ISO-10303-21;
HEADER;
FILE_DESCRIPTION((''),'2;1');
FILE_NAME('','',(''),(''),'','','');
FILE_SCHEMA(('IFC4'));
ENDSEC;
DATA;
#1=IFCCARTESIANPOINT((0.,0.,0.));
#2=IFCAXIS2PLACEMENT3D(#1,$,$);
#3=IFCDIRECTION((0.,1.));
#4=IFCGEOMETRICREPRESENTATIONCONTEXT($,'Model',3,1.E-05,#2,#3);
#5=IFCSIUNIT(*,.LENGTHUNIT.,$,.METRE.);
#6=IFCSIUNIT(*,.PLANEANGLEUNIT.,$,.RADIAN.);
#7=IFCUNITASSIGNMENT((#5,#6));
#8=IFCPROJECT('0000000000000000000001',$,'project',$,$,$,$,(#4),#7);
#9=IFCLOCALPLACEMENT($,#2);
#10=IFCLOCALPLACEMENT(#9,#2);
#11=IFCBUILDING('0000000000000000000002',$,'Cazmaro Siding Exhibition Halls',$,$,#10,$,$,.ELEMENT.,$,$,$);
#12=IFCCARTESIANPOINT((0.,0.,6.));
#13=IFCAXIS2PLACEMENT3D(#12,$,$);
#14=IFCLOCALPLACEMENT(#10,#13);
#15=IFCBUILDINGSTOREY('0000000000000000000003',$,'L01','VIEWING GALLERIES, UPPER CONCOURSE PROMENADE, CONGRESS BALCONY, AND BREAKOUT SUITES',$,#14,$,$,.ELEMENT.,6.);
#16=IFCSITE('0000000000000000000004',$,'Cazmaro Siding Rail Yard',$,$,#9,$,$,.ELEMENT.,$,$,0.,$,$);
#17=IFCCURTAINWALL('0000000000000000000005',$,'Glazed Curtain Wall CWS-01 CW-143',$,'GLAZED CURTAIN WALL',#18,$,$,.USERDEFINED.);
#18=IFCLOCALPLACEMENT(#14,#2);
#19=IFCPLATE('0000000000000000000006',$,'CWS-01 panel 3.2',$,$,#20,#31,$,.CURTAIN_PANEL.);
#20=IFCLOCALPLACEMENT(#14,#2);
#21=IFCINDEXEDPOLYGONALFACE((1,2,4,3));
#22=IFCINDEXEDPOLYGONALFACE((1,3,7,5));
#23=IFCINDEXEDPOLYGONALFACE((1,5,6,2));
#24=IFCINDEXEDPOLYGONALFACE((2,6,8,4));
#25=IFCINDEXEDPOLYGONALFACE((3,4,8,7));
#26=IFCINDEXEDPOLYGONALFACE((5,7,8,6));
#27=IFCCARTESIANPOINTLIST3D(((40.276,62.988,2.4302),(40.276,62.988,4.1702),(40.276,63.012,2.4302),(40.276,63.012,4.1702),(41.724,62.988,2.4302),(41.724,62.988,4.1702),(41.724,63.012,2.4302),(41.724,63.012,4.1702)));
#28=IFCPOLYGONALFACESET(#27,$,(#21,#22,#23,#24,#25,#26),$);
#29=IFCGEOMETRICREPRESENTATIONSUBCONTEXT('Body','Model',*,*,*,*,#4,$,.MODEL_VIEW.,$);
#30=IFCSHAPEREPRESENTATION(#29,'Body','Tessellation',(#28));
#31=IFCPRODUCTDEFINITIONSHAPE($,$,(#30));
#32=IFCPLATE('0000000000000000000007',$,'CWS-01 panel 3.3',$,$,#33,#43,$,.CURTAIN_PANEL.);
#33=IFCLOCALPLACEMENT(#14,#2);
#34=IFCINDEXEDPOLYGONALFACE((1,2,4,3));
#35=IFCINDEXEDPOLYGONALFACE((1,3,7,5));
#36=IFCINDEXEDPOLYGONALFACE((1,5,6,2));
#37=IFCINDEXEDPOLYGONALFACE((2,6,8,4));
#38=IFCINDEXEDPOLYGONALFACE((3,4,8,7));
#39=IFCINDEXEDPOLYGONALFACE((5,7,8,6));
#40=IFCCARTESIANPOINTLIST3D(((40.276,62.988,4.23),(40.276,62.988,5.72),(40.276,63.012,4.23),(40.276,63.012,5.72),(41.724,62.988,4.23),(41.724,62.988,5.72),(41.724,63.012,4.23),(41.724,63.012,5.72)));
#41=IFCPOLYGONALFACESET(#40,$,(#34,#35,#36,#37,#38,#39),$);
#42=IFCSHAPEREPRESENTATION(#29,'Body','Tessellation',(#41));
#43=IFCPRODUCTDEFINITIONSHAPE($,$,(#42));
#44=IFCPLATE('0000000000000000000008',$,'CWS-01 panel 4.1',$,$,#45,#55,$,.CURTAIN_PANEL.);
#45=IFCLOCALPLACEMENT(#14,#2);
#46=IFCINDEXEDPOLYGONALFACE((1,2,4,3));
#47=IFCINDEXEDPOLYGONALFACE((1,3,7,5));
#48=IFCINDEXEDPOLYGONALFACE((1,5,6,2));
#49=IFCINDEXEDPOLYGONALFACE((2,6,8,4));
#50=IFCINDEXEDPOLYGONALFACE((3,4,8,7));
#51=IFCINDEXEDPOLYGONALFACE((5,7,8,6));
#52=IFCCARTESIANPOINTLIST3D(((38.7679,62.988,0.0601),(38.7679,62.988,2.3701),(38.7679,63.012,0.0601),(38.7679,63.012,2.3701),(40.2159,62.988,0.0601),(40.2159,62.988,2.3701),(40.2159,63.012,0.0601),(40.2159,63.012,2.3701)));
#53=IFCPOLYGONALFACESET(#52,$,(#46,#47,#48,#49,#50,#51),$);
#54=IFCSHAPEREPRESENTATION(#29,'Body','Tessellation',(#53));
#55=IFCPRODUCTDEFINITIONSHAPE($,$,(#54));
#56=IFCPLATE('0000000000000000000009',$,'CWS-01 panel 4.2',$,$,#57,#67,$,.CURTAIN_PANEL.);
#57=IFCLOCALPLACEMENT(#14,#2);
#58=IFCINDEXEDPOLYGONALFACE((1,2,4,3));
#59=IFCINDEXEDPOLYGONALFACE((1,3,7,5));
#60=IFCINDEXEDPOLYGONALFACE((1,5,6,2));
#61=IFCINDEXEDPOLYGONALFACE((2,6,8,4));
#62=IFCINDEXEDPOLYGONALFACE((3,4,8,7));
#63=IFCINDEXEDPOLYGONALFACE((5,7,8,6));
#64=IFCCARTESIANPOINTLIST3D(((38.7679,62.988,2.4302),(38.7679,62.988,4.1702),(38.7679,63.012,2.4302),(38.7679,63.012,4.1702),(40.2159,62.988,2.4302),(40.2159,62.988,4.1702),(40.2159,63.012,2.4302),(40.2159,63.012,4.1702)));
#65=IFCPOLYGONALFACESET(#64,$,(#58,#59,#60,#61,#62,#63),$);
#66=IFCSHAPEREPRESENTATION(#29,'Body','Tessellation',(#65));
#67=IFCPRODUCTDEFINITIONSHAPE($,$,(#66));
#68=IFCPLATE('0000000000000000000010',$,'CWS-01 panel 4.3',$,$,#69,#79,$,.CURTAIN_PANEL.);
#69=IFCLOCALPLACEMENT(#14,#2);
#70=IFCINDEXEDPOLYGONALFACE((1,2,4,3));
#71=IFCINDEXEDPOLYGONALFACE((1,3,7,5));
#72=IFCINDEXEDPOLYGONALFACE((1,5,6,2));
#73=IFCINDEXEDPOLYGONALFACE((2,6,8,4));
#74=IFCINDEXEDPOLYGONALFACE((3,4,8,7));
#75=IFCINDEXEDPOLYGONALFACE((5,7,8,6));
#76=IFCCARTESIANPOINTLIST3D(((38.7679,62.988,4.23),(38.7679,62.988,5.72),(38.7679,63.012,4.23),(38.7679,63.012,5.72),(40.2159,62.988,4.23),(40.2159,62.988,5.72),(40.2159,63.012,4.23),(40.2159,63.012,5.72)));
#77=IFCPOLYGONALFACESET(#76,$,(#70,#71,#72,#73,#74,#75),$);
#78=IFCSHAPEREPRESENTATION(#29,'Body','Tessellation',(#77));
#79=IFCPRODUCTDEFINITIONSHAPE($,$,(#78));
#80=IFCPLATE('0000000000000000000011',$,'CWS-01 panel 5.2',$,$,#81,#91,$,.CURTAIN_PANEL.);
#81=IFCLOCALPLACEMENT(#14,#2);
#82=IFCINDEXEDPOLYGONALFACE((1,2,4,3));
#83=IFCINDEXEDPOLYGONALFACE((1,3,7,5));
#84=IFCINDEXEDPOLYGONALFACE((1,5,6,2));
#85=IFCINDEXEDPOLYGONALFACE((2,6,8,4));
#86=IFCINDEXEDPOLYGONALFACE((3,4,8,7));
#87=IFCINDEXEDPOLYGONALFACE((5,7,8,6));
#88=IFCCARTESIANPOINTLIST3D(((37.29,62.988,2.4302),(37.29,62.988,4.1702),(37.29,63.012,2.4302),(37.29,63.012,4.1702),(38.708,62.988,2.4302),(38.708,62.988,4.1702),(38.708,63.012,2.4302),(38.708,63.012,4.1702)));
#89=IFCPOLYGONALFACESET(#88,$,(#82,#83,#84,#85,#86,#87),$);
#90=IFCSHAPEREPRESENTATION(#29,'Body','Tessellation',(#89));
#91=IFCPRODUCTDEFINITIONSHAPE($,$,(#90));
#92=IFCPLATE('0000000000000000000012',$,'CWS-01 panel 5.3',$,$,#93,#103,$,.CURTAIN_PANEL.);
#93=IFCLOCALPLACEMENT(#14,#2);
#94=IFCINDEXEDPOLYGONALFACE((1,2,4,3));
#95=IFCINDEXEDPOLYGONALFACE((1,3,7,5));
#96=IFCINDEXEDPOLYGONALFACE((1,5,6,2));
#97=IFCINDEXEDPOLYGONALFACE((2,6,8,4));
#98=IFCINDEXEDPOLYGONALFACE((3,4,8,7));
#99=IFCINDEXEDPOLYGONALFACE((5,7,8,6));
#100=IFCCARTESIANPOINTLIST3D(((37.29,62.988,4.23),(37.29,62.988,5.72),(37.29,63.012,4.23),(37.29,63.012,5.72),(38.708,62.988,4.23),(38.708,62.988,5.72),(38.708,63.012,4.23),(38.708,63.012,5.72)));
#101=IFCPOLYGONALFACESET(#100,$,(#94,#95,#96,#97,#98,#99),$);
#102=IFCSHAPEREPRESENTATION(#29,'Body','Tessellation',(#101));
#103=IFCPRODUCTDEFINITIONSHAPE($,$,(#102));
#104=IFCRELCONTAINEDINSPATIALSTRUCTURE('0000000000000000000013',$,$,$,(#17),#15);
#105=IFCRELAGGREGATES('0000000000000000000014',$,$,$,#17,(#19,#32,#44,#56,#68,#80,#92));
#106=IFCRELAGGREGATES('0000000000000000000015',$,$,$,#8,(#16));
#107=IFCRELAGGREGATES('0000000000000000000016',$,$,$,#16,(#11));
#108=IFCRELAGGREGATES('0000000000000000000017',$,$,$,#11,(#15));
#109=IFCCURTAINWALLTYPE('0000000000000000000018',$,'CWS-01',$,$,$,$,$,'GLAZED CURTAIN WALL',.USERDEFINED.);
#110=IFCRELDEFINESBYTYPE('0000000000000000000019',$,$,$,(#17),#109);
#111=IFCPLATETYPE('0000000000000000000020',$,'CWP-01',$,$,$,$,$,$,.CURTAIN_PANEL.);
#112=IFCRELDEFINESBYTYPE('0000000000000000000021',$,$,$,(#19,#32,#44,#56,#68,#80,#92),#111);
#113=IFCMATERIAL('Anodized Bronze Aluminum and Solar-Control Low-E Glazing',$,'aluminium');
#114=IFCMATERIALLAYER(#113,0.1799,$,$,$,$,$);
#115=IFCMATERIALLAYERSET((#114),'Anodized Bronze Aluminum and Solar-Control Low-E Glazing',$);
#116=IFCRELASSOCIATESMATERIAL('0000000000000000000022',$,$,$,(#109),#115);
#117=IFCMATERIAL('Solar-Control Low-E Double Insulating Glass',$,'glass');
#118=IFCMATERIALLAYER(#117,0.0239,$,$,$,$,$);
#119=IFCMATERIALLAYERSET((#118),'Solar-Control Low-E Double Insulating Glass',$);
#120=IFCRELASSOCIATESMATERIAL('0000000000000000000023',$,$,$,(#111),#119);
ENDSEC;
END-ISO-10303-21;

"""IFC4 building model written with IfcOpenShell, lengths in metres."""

from ifc_helpers import new_model, si_unit, direction, frame, origin, origin_2d, place, context, subcontext, project, spatial, rectangle, extrude, material, layer, layer_set, type_object, element, aggregate, save


model = new_model("IFC4")

# Units and contexts
model_context = context("Model", 3, precision=1e-05, world=origin(), true_north=direction((0.0, 1.0)))
body_context = subcontext(model_context, "Body", "Model", "MODEL_VIEW")
ifc_project = project(units=[si_unit("LENGTHUNIT", "METRE"), si_unit("PLANEANGLEUNIT", "RADIAN")], contexts=[model_context])

# Site, building, storey
site_placement = place(None, origin())
site = spatial("IfcSite", under=ifc_project, at=site_placement, Name="Cazmaro Siding Rail Yard", CompositionType="ELEMENT", RefElevation=0.0)
building_placement = place(site_placement, origin())
building = spatial("IfcBuilding", under=site, at=building_placement, Name="Cazmaro Siding Exhibition Halls", CompositionType="ELEMENT")
storey_placement = place(building_placement, frame((0.0, 0.0, 6.0)))
storey = spatial("IfcBuildingStorey", under=building, at=storey_placement, Name="L01", Description="VIEWING GALLERIES, UPPER CONCOURSE PROMENADE, CONGRESS BALCONY, AND BREAKOUT SUITES", CompositionType="ELEMENT", Elevation=6.0)

# Curtain wall, plates
ifc_material_1 = material(Name="Anodized Bronze Aluminum and Solar-Control Low-E Glazing", Category="aluminium")
ifc_layer_1 = layer(ifc_material_1, 0.1799)
ifc_layer_set_1 = layer_set([ifc_layer_1], Name="Anodized Bronze Aluminum and Solar-Control Low-E Glazing")
curtain_wall_type = type_object("IfcCurtainWallType", Name="CWS-01", ElementType="GLAZED CURTAIN WALL", PredefinedType="USERDEFINED", material=ifc_layer_set_1)
curtain_wall_placement = place(storey_placement, origin())
curtain_wall = element("IfcCurtainWall", 1, at=curtain_wall_placement, inside=storey, type_object=curtain_wall_type, Name="Glazed Curtain Wall CWS-01 CW-143", ObjectType="GLAZED CURTAIN WALL", PredefinedType="USERDEFINED")
ifc_material_2 = material(Name="Solar-Control Low-E Double Insulating Glass", Category="glass")
ifc_layer_2 = layer(ifc_material_2, 0.0239)
ifc_layer_set_2 = layer_set([ifc_layer_2], Name="Solar-Control Low-E Double Insulating Glass")
plate_type = type_object("IfcPlateType", Name="CWP-01", PredefinedType="CURTAIN_PANEL", material=ifc_layer_set_2)
plate_1_placement = place(storey_placement, frame((41.0, 63.0, 2.4302), z_axis=(0.0, 0.0, 1.0), x_axis=(-1.0, 0.0, 0.0)))
plate_1 = element("IfcPlate", 2, at=plate_1_placement, type_object=plate_type, Name="CWS-01 panel 3.2", PredefinedType="CURTAIN_PANEL", context=body_context, shape_type="SweptSolid", body=[
    extrude(rectangle(XDim=1.448, YDim=0.0239, at=origin_2d()), origin(), (0.0, 0.0, 1.0), 1.74),
])
plate_2_placement = place(storey_placement, frame((41.0, 63.0, 4.23), z_axis=(0.0, 0.0, 1.0), x_axis=(-1.0, 0.0, 0.0)))
plate_2 = element("IfcPlate", 3, at=plate_2_placement, type_object=plate_type, Name="CWS-01 panel 3.3", PredefinedType="CURTAIN_PANEL", context=body_context, shape_type="SweptSolid", body=[
    extrude(rectangle(XDim=1.448, YDim=0.0239, at=origin_2d()), origin(), (0.0, 0.0, 1.0), 1.49),
])
plate_3_placement = place(storey_placement, frame((39.4919, 63.0, 0.0601), z_axis=(0.0, 0.0, 1.0), x_axis=(-1.0, 0.0, 0.0)))
plate_3 = element("IfcPlate", 4, at=plate_3_placement, type_object=plate_type, Name="CWS-01 panel 4.1", PredefinedType="CURTAIN_PANEL", context=body_context, shape_type="SweptSolid", body=[
    extrude(rectangle(XDim=1.448, YDim=0.0239, at=origin_2d()), origin(), (0.0, 0.0, 1.0), 2.3101),
])
plate_4_placement = place(storey_placement, frame((39.4919, 63.0, 2.4302), z_axis=(0.0, 0.0, 1.0), x_axis=(-1.0, 0.0, 0.0)))
plate_4 = element("IfcPlate", 5, at=plate_4_placement, type_object=plate_type, Name="CWS-01 panel 4.2", PredefinedType="CURTAIN_PANEL", context=body_context, shape_type="SweptSolid", body=[
    extrude(rectangle(XDim=1.448, YDim=0.0239, at=origin_2d()), origin(), (0.0, 0.0, 1.0), 1.74),
])
plate_5_placement = place(storey_placement, frame((39.4919, 63.0, 4.23), z_axis=(0.0, 0.0, 1.0), x_axis=(-1.0, 0.0, 0.0)))
plate_5 = element("IfcPlate", 6, at=plate_5_placement, type_object=plate_type, Name="CWS-01 panel 4.3", PredefinedType="CURTAIN_PANEL", context=body_context, shape_type="SweptSolid", body=[
    extrude(rectangle(XDim=1.448, YDim=0.0239, at=origin_2d()), origin(), (0.0, 0.0, 1.0), 1.49),
])
plate_6_placement = place(storey_placement, frame((37.999, 63.0, 2.4302), z_axis=(0.0, 0.0, 1.0), x_axis=(-1.0, 0.0, 0.0)))
plate_6 = element("IfcPlate", 7, at=plate_6_placement, type_object=plate_type, Name="CWS-01 panel 5.2", PredefinedType="CURTAIN_PANEL", context=body_context, shape_type="SweptSolid", body=[
    extrude(rectangle(XDim=1.418, YDim=0.0239, at=origin_2d()), origin(), (0.0, 0.0, 1.0), 1.74),
])
plate_7_placement = place(storey_placement, frame((37.999, 63.0, 4.23), z_axis=(0.0, 0.0, 1.0), x_axis=(-1.0, 0.0, 0.0)))
plate_7 = element("IfcPlate", 8, at=plate_7_placement, type_object=plate_type, Name="CWS-01 panel 5.3", PredefinedType="CURTAIN_PANEL", context=body_context, shape_type="SweptSolid", body=[
    extrude(rectangle(XDim=1.418, YDim=0.0239, at=origin_2d()), origin(), (0.0, 0.0, 1.0), 1.49),
])
aggregate(curtain_wall, [plate_1, plate_2, plate_3, plate_4, plate_5, plate_6, plate_7])

save(model, "model.ifc")
